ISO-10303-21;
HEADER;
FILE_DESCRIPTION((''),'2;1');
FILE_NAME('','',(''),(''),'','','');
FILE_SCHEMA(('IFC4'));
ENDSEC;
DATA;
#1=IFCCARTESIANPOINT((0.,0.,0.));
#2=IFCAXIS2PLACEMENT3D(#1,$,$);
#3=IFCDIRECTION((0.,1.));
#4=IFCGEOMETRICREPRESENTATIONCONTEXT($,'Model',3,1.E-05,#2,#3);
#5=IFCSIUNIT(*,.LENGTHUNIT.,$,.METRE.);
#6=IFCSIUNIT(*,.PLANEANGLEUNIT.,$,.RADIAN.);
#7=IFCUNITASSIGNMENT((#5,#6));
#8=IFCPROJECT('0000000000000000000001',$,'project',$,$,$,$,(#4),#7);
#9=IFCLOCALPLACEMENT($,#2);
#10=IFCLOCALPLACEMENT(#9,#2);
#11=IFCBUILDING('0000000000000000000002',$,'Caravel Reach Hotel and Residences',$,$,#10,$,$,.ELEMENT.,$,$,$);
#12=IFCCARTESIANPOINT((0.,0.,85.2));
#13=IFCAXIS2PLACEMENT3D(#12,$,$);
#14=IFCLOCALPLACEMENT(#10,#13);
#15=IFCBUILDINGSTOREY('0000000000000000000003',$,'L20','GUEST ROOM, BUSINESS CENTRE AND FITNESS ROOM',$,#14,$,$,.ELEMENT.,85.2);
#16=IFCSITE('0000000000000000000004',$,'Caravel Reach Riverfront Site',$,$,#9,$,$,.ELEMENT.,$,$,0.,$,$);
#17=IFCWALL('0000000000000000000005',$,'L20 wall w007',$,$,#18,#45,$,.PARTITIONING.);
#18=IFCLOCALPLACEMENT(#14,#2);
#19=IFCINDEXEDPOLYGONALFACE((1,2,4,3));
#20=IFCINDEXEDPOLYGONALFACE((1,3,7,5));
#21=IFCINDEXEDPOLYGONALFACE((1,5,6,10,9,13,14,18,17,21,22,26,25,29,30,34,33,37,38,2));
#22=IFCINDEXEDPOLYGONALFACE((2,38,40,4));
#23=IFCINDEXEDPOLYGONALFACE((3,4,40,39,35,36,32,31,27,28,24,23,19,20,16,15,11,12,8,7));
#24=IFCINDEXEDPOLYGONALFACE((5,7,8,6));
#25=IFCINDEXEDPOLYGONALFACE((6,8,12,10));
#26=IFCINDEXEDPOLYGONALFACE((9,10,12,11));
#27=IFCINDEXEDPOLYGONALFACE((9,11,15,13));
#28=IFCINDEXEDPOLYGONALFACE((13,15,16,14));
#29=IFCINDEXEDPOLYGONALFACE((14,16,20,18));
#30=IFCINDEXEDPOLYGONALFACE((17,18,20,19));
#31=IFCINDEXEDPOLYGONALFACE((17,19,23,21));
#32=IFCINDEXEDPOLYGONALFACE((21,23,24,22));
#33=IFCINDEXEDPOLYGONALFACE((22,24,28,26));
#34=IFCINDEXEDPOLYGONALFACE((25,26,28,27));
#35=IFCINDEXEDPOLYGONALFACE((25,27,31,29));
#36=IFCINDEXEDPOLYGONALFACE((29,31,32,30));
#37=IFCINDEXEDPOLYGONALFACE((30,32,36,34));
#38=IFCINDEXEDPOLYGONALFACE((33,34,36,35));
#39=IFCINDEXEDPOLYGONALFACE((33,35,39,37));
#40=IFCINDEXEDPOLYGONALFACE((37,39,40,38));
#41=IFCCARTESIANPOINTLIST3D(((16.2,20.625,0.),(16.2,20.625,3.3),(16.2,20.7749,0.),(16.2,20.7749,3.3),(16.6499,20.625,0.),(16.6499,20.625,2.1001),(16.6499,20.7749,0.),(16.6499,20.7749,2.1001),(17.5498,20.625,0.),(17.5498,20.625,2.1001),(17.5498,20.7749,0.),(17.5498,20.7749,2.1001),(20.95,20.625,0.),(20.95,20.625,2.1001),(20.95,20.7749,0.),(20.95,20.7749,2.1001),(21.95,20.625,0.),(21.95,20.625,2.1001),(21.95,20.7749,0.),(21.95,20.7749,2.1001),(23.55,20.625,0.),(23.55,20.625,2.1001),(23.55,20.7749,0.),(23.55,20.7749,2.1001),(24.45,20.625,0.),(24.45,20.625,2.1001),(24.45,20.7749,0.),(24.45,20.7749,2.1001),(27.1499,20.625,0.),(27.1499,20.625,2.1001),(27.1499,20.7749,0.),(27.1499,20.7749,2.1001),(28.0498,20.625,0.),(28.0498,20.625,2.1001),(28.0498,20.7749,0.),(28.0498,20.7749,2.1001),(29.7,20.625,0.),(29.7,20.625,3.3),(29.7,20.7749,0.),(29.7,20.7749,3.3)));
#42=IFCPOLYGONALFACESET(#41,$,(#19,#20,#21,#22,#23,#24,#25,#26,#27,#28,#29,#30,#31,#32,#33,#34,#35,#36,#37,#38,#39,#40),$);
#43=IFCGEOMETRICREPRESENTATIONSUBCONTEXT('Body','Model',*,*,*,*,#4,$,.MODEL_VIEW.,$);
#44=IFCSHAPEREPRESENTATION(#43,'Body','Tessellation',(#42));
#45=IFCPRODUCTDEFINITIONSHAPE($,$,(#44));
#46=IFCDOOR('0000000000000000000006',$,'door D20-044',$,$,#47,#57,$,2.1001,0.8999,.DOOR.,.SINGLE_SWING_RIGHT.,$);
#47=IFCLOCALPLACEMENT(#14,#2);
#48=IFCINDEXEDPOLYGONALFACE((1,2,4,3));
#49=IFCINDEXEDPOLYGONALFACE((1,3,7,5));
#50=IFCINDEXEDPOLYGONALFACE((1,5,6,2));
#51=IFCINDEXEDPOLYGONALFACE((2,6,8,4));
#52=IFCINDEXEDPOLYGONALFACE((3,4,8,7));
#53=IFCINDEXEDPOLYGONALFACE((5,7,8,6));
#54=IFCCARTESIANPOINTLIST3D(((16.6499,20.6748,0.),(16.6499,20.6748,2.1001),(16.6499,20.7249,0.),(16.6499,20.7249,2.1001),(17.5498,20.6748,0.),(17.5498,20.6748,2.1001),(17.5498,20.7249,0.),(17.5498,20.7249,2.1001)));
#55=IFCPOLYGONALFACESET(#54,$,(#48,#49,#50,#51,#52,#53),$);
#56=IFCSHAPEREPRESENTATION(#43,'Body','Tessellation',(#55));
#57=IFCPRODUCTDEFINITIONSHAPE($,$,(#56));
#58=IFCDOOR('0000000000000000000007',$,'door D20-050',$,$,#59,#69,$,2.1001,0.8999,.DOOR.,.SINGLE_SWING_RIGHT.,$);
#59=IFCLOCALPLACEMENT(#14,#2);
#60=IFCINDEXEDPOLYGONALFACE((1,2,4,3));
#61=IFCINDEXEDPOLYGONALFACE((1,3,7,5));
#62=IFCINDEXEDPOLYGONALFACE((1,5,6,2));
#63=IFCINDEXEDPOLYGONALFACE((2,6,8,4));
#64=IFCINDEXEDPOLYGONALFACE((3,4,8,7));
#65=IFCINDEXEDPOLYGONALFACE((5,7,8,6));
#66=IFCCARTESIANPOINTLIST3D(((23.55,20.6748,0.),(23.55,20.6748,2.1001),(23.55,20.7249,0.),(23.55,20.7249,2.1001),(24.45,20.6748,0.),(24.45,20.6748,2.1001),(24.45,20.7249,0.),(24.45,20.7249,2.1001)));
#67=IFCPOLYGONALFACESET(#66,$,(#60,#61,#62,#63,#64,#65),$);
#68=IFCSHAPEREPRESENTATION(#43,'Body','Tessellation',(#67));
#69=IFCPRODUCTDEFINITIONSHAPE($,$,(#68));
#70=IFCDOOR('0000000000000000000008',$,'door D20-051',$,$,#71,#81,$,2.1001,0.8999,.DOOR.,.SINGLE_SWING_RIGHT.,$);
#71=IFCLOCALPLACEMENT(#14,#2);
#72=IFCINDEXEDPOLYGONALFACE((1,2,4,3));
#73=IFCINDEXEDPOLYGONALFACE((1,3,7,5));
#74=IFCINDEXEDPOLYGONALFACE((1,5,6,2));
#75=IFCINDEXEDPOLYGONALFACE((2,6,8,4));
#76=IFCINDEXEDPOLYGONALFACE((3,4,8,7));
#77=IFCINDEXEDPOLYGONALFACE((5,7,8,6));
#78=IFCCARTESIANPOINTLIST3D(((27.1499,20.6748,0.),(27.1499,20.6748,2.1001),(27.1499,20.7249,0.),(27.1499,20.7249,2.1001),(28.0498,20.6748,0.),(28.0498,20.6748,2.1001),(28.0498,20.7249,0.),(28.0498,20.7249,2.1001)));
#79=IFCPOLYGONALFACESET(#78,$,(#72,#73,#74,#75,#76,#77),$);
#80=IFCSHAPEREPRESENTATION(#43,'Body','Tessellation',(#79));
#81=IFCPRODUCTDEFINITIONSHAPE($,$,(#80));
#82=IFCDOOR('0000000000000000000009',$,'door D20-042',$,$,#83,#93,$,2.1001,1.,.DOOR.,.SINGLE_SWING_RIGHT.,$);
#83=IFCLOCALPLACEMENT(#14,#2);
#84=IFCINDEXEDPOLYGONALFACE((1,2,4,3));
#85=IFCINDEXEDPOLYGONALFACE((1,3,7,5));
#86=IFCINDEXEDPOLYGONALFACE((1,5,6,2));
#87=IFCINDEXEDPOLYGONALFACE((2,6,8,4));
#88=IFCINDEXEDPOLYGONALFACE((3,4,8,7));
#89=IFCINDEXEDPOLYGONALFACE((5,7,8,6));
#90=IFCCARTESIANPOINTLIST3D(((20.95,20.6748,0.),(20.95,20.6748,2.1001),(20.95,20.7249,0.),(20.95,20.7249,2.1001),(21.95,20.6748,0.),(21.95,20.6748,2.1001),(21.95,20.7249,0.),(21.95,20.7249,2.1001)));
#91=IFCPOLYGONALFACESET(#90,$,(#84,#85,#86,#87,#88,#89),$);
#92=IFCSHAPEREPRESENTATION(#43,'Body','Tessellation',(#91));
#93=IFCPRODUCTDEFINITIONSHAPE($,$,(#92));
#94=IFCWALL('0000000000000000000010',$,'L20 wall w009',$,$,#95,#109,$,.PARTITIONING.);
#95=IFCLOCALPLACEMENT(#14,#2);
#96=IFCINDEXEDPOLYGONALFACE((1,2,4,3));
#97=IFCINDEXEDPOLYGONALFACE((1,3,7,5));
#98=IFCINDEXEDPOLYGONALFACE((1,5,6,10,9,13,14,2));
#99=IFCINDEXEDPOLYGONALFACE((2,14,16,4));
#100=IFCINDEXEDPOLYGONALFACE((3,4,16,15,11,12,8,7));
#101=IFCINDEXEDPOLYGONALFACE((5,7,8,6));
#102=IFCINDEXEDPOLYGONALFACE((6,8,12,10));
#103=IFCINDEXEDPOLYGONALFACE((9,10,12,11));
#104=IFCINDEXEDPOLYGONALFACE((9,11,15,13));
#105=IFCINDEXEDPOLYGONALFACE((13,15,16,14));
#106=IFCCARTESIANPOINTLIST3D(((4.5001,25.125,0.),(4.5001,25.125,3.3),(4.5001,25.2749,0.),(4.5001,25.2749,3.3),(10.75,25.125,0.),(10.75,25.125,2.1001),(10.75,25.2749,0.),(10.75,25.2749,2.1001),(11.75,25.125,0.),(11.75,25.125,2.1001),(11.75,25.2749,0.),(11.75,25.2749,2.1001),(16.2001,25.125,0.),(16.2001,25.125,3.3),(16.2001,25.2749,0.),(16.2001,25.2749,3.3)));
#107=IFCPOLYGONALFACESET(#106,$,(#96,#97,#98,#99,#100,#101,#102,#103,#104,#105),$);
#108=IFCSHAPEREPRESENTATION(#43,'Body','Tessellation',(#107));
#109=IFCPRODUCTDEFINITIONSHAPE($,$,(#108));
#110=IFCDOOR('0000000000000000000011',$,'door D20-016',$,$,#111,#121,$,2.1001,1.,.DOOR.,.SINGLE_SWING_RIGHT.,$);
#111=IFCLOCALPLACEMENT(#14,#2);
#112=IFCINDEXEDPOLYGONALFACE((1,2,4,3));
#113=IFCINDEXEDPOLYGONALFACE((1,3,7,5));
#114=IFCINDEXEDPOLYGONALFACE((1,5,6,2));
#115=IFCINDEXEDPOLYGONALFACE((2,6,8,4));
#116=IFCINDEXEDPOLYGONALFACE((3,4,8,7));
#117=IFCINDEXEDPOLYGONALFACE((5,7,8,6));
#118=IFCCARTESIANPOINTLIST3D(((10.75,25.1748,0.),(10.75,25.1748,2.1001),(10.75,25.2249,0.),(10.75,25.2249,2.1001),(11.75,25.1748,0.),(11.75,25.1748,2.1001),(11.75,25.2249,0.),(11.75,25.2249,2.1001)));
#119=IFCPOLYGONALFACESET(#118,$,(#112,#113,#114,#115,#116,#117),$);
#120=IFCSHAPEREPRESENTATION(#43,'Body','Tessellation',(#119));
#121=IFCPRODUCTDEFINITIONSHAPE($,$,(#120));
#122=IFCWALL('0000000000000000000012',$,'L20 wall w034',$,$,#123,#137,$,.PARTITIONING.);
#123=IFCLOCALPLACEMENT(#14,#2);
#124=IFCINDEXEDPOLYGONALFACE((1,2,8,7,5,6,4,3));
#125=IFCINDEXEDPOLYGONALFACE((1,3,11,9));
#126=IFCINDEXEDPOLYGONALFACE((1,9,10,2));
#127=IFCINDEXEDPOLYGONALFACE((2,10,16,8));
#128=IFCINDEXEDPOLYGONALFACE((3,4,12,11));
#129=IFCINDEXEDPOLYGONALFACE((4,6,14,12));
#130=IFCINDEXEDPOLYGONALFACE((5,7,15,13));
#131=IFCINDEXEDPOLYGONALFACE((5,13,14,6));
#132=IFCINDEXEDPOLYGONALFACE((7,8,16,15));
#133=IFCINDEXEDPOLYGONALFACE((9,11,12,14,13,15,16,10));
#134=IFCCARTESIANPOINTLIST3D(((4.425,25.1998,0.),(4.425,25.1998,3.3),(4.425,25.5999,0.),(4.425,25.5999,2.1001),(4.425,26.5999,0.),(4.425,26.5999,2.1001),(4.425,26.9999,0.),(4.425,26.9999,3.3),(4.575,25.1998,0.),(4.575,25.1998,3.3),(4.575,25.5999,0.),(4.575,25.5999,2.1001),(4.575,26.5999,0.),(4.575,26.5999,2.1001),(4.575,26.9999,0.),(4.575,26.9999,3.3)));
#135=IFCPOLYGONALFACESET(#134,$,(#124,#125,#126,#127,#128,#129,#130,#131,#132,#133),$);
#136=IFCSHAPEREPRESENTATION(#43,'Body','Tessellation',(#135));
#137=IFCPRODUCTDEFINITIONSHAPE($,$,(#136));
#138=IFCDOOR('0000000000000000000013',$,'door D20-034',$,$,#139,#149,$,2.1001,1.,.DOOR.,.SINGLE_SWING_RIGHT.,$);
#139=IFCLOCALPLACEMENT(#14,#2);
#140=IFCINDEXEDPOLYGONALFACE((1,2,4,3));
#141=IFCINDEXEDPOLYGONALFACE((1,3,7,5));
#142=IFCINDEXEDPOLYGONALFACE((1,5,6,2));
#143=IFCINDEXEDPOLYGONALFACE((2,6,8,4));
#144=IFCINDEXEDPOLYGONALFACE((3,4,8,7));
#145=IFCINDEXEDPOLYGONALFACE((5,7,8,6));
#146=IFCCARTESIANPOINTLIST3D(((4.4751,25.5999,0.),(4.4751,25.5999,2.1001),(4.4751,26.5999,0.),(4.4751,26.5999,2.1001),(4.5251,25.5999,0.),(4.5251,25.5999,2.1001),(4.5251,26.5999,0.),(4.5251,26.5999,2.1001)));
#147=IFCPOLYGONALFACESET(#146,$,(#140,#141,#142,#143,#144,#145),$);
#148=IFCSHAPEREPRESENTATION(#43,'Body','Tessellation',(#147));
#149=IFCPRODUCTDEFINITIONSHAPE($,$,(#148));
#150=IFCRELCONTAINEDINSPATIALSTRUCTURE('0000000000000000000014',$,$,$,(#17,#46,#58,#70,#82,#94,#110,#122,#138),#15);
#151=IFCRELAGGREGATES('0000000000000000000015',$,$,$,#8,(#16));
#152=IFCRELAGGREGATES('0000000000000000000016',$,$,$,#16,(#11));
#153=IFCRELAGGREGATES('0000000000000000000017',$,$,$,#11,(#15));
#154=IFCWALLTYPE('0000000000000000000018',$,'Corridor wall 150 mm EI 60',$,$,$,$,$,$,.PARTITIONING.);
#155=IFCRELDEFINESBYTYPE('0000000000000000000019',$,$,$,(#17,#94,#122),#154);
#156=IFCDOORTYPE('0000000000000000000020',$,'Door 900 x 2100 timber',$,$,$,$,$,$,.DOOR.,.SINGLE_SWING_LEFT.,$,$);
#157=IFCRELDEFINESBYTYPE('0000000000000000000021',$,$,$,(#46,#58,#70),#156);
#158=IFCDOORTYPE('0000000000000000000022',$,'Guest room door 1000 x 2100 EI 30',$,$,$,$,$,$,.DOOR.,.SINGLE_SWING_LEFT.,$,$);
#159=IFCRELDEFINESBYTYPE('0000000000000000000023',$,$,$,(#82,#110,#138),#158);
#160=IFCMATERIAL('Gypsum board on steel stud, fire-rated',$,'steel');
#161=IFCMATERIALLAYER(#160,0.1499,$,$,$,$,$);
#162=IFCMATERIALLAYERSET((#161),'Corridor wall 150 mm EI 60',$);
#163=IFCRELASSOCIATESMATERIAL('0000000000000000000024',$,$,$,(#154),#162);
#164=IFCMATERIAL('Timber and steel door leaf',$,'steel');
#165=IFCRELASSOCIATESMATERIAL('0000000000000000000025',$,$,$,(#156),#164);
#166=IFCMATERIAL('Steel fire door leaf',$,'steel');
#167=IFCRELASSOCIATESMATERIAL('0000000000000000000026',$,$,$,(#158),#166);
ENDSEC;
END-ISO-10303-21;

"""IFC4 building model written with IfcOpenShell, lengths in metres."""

from ifc_helpers import new_model, si_unit, direction, frame, frame_2d, origin, place, context, subcontext, project, spatial, rectangle, extrude, material, layer, layer_set, type_object, element, fill, save


model = new_model("IFC4")

# Units and contexts
model_context = context("Model", 3, precision=1e-05, world=origin(), true_north=direction((0.0, 1.0)))
body_context = subcontext(model_context, "Body", "Model", "MODEL_VIEW")
ifc_project = project(units=[si_unit("LENGTHUNIT", "METRE"), si_unit("PLANEANGLEUNIT", "RADIAN")], contexts=[model_context])

# Site, building, storey
site_placement = place(None, origin())
site = spatial("IfcSite", under=ifc_project, at=site_placement, Name="Caravel Reach Riverfront Site", CompositionType="ELEMENT", RefElevation=0.0)
building_placement = place(site_placement, origin())
building = spatial("IfcBuilding", under=site, at=building_placement, Name="Caravel Reach Hotel and Residences", CompositionType="ELEMENT")
storey_placement = place(building_placement, frame((0.0, 0.0, 85.2)))
storey = spatial("IfcBuildingStorey", under=building, at=storey_placement, Name="L20", Description="GUEST ROOM, BUSINESS CENTRE AND FITNESS ROOM", CompositionType="ELEMENT", Elevation=85.2)

# Wall, openings, doors
ifc_material_1 = material(Name="Gypsum board on steel stud, fire-rated", Category="steel")
ifc_layer_1 = layer(ifc_material_1, 0.1499)
ifc_layer_set_1 = layer_set([ifc_layer_1], Name="Corridor wall 150 mm EI 60")
wall_type_1 = type_object("IfcWallType", Name="Corridor wall 150 mm EI 60", PredefinedType="PARTITIONING", material=ifc_layer_set_1)
wall_1_placement = place(storey_placement, frame((16.2, 20.7, 0.0), z_axis=(0.0, 0.0, 1.0), x_axis=(1.0, 0.0, 0.0)))
wall_1 = element("IfcWall", 1, at=wall_1_placement, inside=storey, type_object=wall_type_1, Name="L20 wall w007", PredefinedType="PARTITIONING", context=body_context, shape_type="SweptSolid", body=[
    extrude(rectangle(XDim=13.5, YDim=0.1499, at=frame_2d((6.75, 0.0))), origin(), (0.0, 0.0, 1.0), 3.3),
])
opening_1_placement = place(wall_1_placement, frame((4.75, 0.0, 0.0)))
opening_1 = element("IfcOpeningElement", 2, at=opening_1_placement, cuts=wall_1, PredefinedType="OPENING", context=body_context, shape_type="SweptSolid", body=[
    extrude(rectangle(XDim=1.0, YDim=2.1001, at=frame_2d((0.5, 1.05))), frame((0.0, 0.085, 0.0), z_axis=(0.0, -1.0, 0.0), x_axis=(1.0, 0.0, 0.0)), (0.0, 0.0, 1.0), 0.1699),
])
opening_2_placement = place(wall_1_placement, frame((0.45, 0.0, 0.0)))
opening_2 = element("IfcOpeningElement", 3, at=opening_2_placement, cuts=wall_1, PredefinedType="OPENING", context=body_context, shape_type="SweptSolid", body=[
    extrude(rectangle(XDim=0.8999, YDim=2.1001, at=frame_2d((0.45, 1.05))), frame((0.0, 0.085, 0.0), z_axis=(0.0, -1.0, 0.0), x_axis=(1.0, 0.0, 0.0)), (0.0, 0.0, 1.0), 0.1699),
])
opening_3_placement = place(wall_1_placement, frame((7.3501, 0.0, 0.0)))
opening_3 = element("IfcOpeningElement", 4, at=opening_3_placement, cuts=wall_1, PredefinedType="OPENING", context=body_context, shape_type="SweptSolid", body=[
    extrude(rectangle(XDim=0.8999, YDim=2.1001, at=frame_2d((0.45, 1.05))), frame((0.0, 0.085, 0.0), z_axis=(0.0, -1.0, 0.0), x_axis=(1.0, 0.0, 0.0)), (0.0, 0.0, 1.0), 0.1699),
])
opening_4_placement = place(wall_1_placement, frame((10.95, 0.0, 0.0)))
opening_4 = element("IfcOpeningElement", 5, at=opening_4_placement, cuts=wall_1, PredefinedType="OPENING", context=body_context, shape_type="SweptSolid", body=[
    extrude(rectangle(XDim=0.8999, YDim=2.1001, at=frame_2d((0.45, 1.05))), frame((0.0, 0.085, 0.0), z_axis=(0.0, -1.0, 0.0), x_axis=(1.0, 0.0, 0.0)), (0.0, 0.0, 1.0), 0.1699),
])
ifc_material_2 = material(Name="Timber and steel door leaf", Category="steel")
door_type_1 = type_object("IfcDoorType", Name="Door 900 x 2100 timber", OperationType="SINGLE_SWING_LEFT", PredefinedType="DOOR", material=ifc_material_2)
door_1_placement = place(opening_2_placement, origin())
door_1 = element("IfcDoor", 6, at=door_1_placement, inside=storey, type_object=door_type_1, Name="door D20-044", OperationType="SINGLE_SWING_RIGHT", OverallHeight=2.1001, OverallWidth=0.8999, PredefinedType="DOOR", context=body_context, shape_type="SweptSolid", body=[
    extrude(rectangle(XDim=0.8999, YDim=2.1001, at=frame_2d((0.45, 1.05))), frame((0.0, 0.0249, 0.0), z_axis=(0.0, -1.0, 0.0), x_axis=(1.0, 0.0, 0.0)), (0.0, 0.0, 1.0), 0.05),
])
fill(opening_2, door_1)
door_2_placement = place(opening_3_placement, origin())
door_2 = element("IfcDoor", 7, at=door_2_placement, inside=storey, type_object=door_type_1, Name="door D20-050", OperationType="SINGLE_SWING_RIGHT", OverallHeight=2.1001, OverallWidth=0.8999, PredefinedType="DOOR", context=body_context, shape_type="SweptSolid", body=[
    extrude(rectangle(XDim=0.8999, YDim=2.1001, at=frame_2d((0.45, 1.05))), frame((0.0, 0.0249, 0.0), z_axis=(0.0, -1.0, 0.0), x_axis=(1.0, 0.0, 0.0)), (0.0, 0.0, 1.0), 0.05),
])
fill(opening_3, door_2)
door_3_placement = place(opening_4_placement, origin())
door_3 = element("IfcDoor", 8, at=door_3_placement, inside=storey, type_object=door_type_1, Name="door D20-051", OperationType="SINGLE_SWING_RIGHT", OverallHeight=2.1001, OverallWidth=0.8999, PredefinedType="DOOR", context=body_context, shape_type="SweptSolid", body=[
    extrude(rectangle(XDim=0.8999, YDim=2.1001, at=frame_2d((0.45, 1.05))), frame((0.0, 0.0249, 0.0), z_axis=(0.0, -1.0, 0.0), x_axis=(1.0, 0.0, 0.0)), (0.0, 0.0, 1.0), 0.05),
])
fill(opening_4, door_3)
ifc_material_3 = material(Name="Steel fire door leaf", Category="steel")
door_type_2 = type_object("IfcDoorType", Name="Guest room door 1000 x 2100 EI 30", OperationType="SINGLE_SWING_LEFT", PredefinedType="DOOR", material=ifc_material_3)
door_4_placement = place(opening_1_placement, origin())
door_4 = element("IfcDoor", 9, at=door_4_placement, inside=storey, type_object=door_type_2, Name="door D20-042", OperationType="SINGLE_SWING_RIGHT", OverallHeight=2.1001, OverallWidth=1.0, PredefinedType="DOOR", context=body_context, shape_type="SweptSolid", body=[
    extrude(rectangle(XDim=1.0, YDim=2.1001, at=frame_2d((0.5, 1.05))), frame((0.0, 0.0249, 0.0), z_axis=(0.0, -1.0, 0.0), x_axis=(1.0, 0.0, 0.0)), (0.0, 0.0, 1.0), 0.05),
])
fill(opening_1, door_4)

# Walls, openings, doors
wall_2_placement = place(storey_placement, frame((4.5, 25.2, 0.0), z_axis=(0.0, 0.0, 1.0), x_axis=(1.0, 0.0, 0.0)))
wall_2 = element("IfcWall", 10, at=wall_2_placement, inside=storey, type_object=wall_type_1, Name="L20 wall w009", PredefinedType="PARTITIONING", context=body_context, shape_type="SweptSolid", body=[
    extrude(rectangle(XDim=11.7, YDim=0.1499, at=frame_2d((5.8501, 0.0))), origin(), (0.0, 0.0, 1.0), 3.3),
])
opening_5_placement = place(wall_2_placement, frame((6.25, 0.0, 0.0)))
opening_5 = element("IfcOpeningElement", 11, at=opening_5_placement, cuts=wall_2, PredefinedType="OPENING", context=body_context, shape_type="SweptSolid", body=[
    extrude(rectangle(XDim=1.0, YDim=2.1001, at=frame_2d((0.5, 1.05))), frame((0.0, 0.085, 0.0), z_axis=(0.0, -1.0, 0.0), x_axis=(1.0, 0.0, 0.0)), (0.0, 0.0, 1.0), 0.1699),
])
door_5_placement = place(opening_5_placement, origin())
door_5 = element("IfcDoor", 12, at=door_5_placement, inside=storey, type_object=door_type_2, Name="door D20-016", OperationType="SINGLE_SWING_RIGHT", OverallHeight=2.1001, OverallWidth=1.0, PredefinedType="DOOR", context=body_context, shape_type="SweptSolid", body=[
    extrude(rectangle(XDim=1.0, YDim=2.1001, at=frame_2d((0.5, 1.05))), frame((0.0, 0.0249, 0.0), z_axis=(0.0, -1.0, 0.0), x_axis=(1.0, 0.0, 0.0)), (0.0, 0.0, 1.0), 0.05),
])
fill(opening_5, door_5)
wall_3_placement = place(storey_placement, frame((4.5, 25.2, 0.0), z_axis=(0.0, 0.0, 1.0), x_axis=(0.0, 1.0, 0.0)))
wall_3 = element("IfcWall", 13, at=wall_3_placement, inside=storey, type_object=wall_type_1, Name="L20 wall w034", PredefinedType="PARTITIONING", context=body_context, shape_type="SweptSolid", body=[
    extrude(rectangle(XDim=1.8, YDim=0.1499, at=frame_2d((0.8999, 0.0))), origin(), (0.0, 0.0, 1.0), 3.3),
])
opening_6_placement = place(wall_3_placement, frame((0.3999, 0.0, 0.0)))
opening_6 = element("IfcOpeningElement", 14, at=opening_6_placement, cuts=wall_3, PredefinedType="OPENING", context=body_context, shape_type="SweptSolid", body=[
    extrude(rectangle(XDim=1.0, YDim=2.1001, at=frame_2d((0.5, 1.05))), frame((0.0, 0.085, 0.0), z_axis=(0.0, -1.0, 0.0), x_axis=(1.0, 0.0, 0.0)), (0.0, 0.0, 1.0), 0.1699),
])
door_6_placement = place(opening_6_placement, origin())
door_6 = element("IfcDoor", 15, at=door_6_placement, inside=storey, type_object=door_type_2, Name="door D20-034", OperationType="SINGLE_SWING_RIGHT", OverallHeight=2.1001, OverallWidth=1.0, PredefinedType="DOOR", context=body_context, shape_type="SweptSolid", body=[
    extrude(rectangle(XDim=1.0, YDim=2.1001, at=frame_2d((0.5, 1.05))), frame((0.0, 0.0249, 0.0), z_axis=(0.0, -1.0, 0.0), x_axis=(1.0, 0.0, 0.0)), (0.0, 0.0, 1.0), 0.05),
])
fill(opening_6, door_6)

save(model, "model.ifc")
